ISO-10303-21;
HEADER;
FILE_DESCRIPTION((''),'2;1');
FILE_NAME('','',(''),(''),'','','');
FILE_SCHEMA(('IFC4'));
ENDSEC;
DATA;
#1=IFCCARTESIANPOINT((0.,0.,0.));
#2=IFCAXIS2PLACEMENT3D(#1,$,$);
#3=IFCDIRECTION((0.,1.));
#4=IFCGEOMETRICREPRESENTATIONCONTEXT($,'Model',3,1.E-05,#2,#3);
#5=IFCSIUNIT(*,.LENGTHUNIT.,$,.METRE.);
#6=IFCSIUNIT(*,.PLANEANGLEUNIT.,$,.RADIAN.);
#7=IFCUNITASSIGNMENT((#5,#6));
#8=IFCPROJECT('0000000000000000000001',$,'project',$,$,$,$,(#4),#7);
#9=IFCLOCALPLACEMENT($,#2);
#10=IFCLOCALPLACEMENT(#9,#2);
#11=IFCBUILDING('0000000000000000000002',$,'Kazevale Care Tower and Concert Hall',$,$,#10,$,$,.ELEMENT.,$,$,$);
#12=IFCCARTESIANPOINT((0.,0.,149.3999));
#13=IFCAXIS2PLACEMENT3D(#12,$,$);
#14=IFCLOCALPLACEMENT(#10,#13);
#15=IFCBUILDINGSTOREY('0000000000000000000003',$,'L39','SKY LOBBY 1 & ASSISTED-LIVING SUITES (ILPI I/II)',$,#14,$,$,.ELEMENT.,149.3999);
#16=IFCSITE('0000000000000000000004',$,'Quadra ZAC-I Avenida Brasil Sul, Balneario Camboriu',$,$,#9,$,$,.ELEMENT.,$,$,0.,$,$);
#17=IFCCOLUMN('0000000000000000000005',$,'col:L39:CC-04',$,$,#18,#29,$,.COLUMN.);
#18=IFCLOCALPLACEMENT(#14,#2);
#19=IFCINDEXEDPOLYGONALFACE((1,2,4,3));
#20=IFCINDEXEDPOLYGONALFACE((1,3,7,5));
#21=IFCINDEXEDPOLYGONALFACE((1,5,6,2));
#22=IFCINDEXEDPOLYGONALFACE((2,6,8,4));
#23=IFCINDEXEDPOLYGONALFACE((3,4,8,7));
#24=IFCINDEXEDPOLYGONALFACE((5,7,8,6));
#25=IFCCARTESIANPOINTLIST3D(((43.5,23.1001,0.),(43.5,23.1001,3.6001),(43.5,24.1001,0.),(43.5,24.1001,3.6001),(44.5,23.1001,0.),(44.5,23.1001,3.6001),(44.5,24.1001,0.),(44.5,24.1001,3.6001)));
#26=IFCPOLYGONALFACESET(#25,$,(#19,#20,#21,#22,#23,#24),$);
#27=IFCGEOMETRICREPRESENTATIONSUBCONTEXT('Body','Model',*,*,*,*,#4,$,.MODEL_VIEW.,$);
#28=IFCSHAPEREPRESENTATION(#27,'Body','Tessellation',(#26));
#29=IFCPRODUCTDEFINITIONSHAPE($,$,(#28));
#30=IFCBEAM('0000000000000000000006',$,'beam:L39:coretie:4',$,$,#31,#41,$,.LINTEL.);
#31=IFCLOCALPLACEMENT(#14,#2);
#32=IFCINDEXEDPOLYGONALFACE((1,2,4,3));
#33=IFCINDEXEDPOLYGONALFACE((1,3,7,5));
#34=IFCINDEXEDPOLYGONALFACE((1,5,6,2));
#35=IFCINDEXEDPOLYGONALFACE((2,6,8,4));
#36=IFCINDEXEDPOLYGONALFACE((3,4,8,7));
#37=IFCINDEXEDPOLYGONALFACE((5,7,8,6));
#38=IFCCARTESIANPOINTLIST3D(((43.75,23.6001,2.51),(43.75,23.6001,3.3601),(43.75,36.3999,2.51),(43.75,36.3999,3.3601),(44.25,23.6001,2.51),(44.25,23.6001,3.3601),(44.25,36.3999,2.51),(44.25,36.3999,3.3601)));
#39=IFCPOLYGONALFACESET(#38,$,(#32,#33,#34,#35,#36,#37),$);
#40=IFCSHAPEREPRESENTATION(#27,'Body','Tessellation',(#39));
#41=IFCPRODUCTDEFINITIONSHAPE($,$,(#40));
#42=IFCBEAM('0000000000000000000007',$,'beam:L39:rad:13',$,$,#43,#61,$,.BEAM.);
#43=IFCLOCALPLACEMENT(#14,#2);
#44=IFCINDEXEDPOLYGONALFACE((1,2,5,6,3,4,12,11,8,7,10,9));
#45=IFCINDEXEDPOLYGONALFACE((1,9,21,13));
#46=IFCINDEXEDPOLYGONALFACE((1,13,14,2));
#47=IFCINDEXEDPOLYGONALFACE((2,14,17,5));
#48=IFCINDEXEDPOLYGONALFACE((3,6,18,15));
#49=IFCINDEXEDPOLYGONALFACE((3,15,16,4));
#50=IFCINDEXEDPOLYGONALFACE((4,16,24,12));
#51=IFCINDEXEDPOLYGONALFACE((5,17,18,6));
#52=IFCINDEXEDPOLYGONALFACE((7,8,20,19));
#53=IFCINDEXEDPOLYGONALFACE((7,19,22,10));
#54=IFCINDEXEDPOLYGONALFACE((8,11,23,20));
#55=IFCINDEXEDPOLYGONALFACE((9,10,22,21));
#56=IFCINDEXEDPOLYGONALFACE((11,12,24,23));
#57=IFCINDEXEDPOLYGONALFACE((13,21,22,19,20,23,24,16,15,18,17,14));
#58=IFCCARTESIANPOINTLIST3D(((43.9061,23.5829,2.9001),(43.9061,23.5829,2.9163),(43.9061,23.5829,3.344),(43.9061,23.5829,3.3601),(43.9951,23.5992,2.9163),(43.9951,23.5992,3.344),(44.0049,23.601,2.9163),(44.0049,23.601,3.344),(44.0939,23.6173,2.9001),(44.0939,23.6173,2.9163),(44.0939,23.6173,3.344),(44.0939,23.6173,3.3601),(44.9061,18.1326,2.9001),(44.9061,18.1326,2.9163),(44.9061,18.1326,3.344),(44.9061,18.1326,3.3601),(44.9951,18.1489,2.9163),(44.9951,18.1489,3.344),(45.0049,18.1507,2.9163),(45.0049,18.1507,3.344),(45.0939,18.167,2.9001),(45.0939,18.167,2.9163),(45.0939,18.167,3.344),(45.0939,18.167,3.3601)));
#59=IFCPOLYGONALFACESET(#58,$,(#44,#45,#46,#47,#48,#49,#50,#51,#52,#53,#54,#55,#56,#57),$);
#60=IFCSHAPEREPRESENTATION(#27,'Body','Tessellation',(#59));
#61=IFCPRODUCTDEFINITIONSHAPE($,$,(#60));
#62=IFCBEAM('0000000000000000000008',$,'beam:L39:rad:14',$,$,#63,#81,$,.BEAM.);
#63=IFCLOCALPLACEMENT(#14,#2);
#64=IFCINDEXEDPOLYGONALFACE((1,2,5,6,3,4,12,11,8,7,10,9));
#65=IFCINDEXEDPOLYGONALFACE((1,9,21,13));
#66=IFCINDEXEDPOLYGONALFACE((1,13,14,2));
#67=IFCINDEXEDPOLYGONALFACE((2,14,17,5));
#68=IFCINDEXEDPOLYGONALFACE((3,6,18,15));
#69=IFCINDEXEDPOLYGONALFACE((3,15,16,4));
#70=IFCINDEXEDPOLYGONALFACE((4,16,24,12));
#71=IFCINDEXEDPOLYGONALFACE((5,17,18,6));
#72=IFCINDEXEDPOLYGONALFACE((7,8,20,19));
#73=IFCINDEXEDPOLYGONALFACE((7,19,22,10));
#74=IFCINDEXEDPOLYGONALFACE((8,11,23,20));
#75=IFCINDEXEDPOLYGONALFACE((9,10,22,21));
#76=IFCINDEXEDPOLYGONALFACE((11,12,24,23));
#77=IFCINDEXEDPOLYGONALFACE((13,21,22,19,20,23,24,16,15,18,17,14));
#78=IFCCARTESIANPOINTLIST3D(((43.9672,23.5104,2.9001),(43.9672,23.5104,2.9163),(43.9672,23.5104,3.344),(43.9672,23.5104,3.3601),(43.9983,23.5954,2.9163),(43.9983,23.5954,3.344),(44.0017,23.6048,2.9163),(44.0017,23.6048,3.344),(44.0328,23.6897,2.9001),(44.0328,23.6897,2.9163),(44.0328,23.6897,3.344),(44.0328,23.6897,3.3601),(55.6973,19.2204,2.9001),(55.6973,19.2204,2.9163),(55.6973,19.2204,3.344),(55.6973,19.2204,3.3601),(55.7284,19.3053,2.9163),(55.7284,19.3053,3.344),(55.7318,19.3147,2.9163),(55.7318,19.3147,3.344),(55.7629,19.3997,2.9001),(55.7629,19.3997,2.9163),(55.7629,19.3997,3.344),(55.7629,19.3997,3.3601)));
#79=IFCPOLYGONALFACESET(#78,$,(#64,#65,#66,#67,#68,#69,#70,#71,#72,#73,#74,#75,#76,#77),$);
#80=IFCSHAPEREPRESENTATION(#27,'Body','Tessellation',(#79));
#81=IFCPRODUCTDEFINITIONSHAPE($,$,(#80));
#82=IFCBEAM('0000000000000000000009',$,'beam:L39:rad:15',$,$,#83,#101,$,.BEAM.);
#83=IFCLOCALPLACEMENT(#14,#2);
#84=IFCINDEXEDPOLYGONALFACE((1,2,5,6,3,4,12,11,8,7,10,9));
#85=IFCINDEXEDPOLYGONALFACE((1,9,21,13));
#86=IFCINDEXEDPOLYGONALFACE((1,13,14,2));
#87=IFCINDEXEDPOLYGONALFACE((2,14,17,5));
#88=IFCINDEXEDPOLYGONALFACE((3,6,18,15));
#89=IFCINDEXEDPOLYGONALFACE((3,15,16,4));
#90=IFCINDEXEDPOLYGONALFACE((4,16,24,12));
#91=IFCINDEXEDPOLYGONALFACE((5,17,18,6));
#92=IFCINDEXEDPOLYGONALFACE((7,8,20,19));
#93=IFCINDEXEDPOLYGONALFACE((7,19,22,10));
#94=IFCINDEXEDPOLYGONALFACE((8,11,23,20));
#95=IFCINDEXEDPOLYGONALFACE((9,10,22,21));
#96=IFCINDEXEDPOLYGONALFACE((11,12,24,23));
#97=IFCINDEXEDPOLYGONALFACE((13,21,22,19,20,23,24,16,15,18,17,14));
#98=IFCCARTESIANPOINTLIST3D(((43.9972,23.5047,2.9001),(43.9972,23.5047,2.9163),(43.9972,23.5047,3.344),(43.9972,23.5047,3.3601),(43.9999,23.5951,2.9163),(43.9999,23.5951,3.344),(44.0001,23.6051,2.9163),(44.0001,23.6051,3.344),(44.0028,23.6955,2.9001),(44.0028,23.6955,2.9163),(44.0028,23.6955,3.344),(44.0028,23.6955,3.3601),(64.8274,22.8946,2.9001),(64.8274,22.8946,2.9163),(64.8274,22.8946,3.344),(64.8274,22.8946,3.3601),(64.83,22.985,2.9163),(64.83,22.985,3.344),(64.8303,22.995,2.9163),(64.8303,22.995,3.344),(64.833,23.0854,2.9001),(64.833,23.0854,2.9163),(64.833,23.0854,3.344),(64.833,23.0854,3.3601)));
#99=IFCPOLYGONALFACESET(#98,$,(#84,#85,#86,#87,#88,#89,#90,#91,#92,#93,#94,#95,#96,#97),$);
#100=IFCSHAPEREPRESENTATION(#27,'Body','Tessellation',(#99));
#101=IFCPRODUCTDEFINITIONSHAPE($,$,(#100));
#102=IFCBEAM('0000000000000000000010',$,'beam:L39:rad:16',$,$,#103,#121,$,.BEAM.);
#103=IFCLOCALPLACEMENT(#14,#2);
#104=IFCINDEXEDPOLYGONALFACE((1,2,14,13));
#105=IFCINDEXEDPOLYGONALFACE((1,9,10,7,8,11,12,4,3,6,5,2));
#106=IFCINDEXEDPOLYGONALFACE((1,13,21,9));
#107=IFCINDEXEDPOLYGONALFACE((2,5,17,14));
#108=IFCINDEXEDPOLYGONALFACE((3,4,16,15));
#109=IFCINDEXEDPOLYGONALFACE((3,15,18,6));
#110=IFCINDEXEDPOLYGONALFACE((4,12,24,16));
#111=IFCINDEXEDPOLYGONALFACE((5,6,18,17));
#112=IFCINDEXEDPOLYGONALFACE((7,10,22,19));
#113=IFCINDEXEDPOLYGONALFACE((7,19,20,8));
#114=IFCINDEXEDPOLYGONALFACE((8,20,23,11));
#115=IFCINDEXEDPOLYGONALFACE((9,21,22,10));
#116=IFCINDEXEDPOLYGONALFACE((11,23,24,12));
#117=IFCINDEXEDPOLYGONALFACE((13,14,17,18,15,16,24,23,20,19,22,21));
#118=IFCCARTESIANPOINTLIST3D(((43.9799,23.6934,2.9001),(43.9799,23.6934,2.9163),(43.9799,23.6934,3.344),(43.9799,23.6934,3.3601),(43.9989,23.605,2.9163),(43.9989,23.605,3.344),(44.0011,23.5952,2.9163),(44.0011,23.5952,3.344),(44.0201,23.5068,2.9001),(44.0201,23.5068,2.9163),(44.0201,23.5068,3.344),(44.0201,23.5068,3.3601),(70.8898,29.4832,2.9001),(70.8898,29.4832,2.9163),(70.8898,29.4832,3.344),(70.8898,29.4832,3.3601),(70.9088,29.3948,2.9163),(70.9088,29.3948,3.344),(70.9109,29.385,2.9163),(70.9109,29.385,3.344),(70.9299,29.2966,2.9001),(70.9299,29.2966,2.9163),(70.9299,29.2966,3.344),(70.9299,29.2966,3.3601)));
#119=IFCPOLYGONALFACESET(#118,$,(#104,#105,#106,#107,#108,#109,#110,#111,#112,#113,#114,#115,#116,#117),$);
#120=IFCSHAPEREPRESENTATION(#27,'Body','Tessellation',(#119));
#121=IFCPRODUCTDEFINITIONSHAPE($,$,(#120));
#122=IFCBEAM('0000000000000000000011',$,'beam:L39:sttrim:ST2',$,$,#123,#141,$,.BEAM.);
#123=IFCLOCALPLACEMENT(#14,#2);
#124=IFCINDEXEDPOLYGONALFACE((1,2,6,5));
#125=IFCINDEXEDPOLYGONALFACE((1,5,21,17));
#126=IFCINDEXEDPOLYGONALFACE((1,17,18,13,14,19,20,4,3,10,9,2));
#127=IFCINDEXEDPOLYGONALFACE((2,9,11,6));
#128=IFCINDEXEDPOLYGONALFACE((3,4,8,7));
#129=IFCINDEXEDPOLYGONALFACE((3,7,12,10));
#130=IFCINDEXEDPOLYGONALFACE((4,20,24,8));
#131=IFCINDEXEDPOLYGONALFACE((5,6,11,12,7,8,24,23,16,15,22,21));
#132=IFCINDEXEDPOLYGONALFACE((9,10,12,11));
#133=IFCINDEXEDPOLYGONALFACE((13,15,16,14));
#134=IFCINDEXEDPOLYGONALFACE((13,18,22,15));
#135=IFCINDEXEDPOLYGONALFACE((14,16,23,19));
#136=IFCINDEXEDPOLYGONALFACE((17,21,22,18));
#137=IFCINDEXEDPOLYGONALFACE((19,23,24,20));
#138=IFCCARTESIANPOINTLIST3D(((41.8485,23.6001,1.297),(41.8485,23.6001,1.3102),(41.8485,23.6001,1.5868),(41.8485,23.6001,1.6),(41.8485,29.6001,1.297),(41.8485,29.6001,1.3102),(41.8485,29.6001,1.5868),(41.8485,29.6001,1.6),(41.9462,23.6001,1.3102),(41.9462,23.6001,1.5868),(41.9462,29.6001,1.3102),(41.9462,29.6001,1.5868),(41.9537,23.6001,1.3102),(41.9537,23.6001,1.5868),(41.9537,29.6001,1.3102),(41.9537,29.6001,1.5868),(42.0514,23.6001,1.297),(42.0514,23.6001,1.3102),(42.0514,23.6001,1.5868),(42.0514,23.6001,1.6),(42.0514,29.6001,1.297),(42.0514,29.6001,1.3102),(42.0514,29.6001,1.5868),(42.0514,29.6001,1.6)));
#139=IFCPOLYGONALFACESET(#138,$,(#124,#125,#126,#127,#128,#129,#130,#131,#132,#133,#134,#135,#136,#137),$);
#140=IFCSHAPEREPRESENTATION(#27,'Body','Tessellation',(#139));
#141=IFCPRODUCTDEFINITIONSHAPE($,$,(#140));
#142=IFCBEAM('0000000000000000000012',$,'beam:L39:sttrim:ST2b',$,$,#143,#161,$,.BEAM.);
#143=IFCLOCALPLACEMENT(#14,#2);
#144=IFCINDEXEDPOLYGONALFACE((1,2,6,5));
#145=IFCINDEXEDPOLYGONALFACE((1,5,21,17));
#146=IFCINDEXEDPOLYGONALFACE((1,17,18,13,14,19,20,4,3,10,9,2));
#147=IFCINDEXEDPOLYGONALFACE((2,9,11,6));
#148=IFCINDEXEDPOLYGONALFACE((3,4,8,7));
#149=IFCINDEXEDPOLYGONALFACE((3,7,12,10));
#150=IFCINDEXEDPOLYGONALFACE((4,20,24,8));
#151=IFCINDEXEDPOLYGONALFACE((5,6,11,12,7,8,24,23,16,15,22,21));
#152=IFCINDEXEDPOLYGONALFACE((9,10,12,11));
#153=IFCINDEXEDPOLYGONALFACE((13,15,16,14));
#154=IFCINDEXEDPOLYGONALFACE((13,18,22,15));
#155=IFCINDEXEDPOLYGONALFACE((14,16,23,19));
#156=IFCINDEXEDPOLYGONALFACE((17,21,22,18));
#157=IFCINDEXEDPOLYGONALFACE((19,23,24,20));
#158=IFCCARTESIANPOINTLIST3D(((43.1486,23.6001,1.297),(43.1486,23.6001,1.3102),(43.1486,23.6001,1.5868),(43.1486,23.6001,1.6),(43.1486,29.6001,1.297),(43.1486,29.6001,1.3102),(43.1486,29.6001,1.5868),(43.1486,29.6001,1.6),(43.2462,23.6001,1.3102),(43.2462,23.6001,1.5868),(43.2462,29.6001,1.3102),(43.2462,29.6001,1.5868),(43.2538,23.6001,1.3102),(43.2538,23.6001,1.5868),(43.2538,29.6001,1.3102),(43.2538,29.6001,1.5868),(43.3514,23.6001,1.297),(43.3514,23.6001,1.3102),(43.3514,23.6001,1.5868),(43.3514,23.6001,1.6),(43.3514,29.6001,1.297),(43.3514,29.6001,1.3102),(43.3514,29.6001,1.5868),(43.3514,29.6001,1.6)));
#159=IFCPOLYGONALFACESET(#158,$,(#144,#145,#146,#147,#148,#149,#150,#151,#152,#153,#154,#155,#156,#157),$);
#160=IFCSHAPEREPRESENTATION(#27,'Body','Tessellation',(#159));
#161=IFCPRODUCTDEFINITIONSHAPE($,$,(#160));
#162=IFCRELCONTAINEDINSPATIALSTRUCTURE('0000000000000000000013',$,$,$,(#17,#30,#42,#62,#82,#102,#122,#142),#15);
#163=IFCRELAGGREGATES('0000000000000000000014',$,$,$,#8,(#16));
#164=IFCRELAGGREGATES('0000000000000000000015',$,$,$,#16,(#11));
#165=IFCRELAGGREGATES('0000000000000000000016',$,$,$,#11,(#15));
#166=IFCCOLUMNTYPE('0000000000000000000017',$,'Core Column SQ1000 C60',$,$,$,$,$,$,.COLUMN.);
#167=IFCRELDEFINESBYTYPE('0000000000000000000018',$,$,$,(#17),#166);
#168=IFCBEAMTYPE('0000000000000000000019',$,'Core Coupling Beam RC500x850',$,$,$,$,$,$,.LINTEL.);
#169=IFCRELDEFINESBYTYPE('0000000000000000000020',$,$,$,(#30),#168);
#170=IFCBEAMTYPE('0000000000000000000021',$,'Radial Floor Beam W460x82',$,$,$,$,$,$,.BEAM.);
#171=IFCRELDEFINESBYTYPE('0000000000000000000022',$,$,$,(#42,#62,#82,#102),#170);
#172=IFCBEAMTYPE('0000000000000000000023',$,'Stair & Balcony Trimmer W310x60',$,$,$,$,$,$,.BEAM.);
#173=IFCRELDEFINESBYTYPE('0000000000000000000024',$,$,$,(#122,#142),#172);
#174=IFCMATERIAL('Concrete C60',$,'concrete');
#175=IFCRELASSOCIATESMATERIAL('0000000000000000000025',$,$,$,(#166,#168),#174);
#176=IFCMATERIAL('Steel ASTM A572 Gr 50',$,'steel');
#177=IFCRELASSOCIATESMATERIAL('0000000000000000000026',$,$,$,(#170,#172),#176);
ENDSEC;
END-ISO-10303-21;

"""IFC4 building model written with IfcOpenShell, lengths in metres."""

from ifc_helpers import new_model, si_unit, direction, frame, origin, origin_2d, place, context, subcontext, project, spatial, rectangle, i_section, extrude, material, material_profile, profile_set, type_object, element, save


model = new_model("IFC4")

# Units and contexts
model_context = context("Model", 3, precision=1e-05, world=origin(), true_north=direction((0.0, 1.0)))
body_context = subcontext(model_context, "Body", "Model", "MODEL_VIEW")
ifc_project = project(units=[si_unit("LENGTHUNIT", "METRE"), si_unit("PLANEANGLEUNIT", "RADIAN")], contexts=[model_context])

# Site, building, storey
site_placement = place(None, origin())
site = spatial("IfcSite", under=ifc_project, at=site_placement, Name="Quadra ZAC-I Avenida Brasil Sul, Balneario Camboriu", CompositionType="ELEMENT", RefElevation=0.0)
building_placement = place(site_placement, origin())
building = spatial("IfcBuilding", under=site, at=building_placement, Name="Kazevale Care Tower and Concert Hall", CompositionType="ELEMENT")
storey_placement = place(building_placement, frame((0.0, 0.0, 149.3999)))
storey = spatial("IfcBuildingStorey", under=building, at=storey_placement, Name="L39", Description="SKY LOBBY 1 & ASSISTED-LIVING SUITES (ILPI I/II)", CompositionType="ELEMENT", Elevation=149.3999)

# Column
ifc_material_1 = material(Name="Concrete C60", Category="concrete")
ifc_material_profile_1 = material_profile(ifc_material_1, rectangle(XDim=1.0, YDim=1.0, at=origin_2d()), Name="RC-SQ1000")
ifc_profile_set_1 = profile_set([ifc_material_profile_1], Name="Concrete C60")
column_type = type_object("IfcColumnType", Name="Core Column SQ1000 C60", PredefinedType="COLUMN", material=ifc_profile_set_1)
column_placement = place(storey_placement, frame((44.0, 23.6001, 0.0), z_axis=(0.0, 0.0, 1.0), x_axis=(1.0, 0.0, 0.0)))
element("IfcColumn", 1, at=column_placement, inside=storey, type_object=column_type, Name="col:L39:CC-04", PredefinedType="COLUMN", context=body_context, shape_type="SweptSolid", body=[
    extrude(rectangle(XDim=1.0, YDim=1.0, at=origin_2d()), origin(), (0.0, 0.0, 1.0), 3.6001),
])

# Beams
ifc_material_profile_2 = material_profile(ifc_material_1, rectangle(XDim=0.5, YDim=0.8501, at=origin_2d()), Name="RC-B500x850")
ifc_profile_set_2 = profile_set([ifc_material_profile_2], Name="Concrete C60")
beam_type_1 = type_object("IfcBeamType", Name="Core Coupling Beam RC500x850", PredefinedType="LINTEL", material=ifc_profile_set_2)
beam_1_placement = place(storey_placement, frame((44.0, 23.6001, 2.9351), z_axis=(0.0, 1.0, 0.0), x_axis=(-1.0, 0.0, 0.0)))
element("IfcBeam", 2, at=beam_1_placement, inside=storey, type_object=beam_type_1, Name="beam:L39:coretie:4", PredefinedType="LINTEL", context=body_context, shape_type="SweptSolid", body=[
    extrude(rectangle(XDim=0.5, YDim=0.8501, at=origin_2d()), origin(), (0.0, 0.0, 1.0), 12.7998),
])
ifc_material_2 = material(Name="Steel ASTM A572 Gr 50", Category="steel")
ifc_material_profile_3 = material_profile(ifc_material_2, i_section(OverallWidth=0.1909, OverallDepth=0.46, WebThickness=0.01, FlangeThickness=0.0161, at=origin_2d()), Name="W460x82")
ifc_profile_set_3 = profile_set([ifc_material_profile_3], Name="Steel ASTM A572 Gr 50")
beam_type_2 = type_object("IfcBeamType", Name="Radial Floor Beam W460x82", PredefinedType="BEAM", material=ifc_profile_set_3)
beam_2_placement = place(storey_placement, frame((44.0, 23.6001, 3.1301), z_axis=(0.180467, -0.983581, 0.0), x_axis=(0.983581, 0.180467, 0.0)))
element("IfcBeam", 3, at=beam_2_placement, inside=storey, type_object=beam_type_2, Name="beam:L39:rad:13", PredefinedType="BEAM", context=body_context, shape_type="SweptSolid", body=[
    extrude(i_section(OverallWidth=0.1909, OverallDepth=0.46, WebThickness=0.01, FlangeThickness=0.0161, at=origin_2d()), origin(), (0.0, 0.0, 1.0), 5.5413),
])
beam_3_placement = place(storey_placement, frame((44.0, 23.6001, 3.1301), z_axis=(0.939159, -0.343481, 0.0), x_axis=(0.343481, 0.939159, 0.0)))
element("IfcBeam", 4, at=beam_3_placement, inside=storey, type_object=beam_type_2, Name="beam:L39:rad:14", PredefinedType="BEAM", context=body_context, shape_type="SweptSolid", body=[
    extrude(i_section(OverallWidth=0.1909, OverallDepth=0.46, WebThickness=0.01, FlangeThickness=0.0161, at=origin_2d()), origin(), (0.0, 0.0, 1.0), 12.49),
])
beam_4_placement = place(storey_placement, frame((44.0, 23.6001, 3.1301), z_axis=(0.999571, -0.029277, 0.0), x_axis=(0.029277, 0.999571, 0.0)))
element("IfcBeam", 5, at=beam_4_placement, inside=storey, type_object=beam_type_2, Name="beam:L39:rad:15", PredefinedType="BEAM", context=body_context, shape_type="SweptSolid", body=[
    extrude(i_section(OverallWidth=0.1909, OverallDepth=0.46, WebThickness=0.01, FlangeThickness=0.0161, at=origin_2d()), origin(), (0.0, 0.0, 1.0), 20.8391),
])
beam_5_placement = place(storey_placement, frame((44.0, 23.6001, 3.1301), z_axis=(0.977628, 0.210341, 0.0), x_axis=(-0.210341, 0.977628, 0.0)))
element("IfcBeam", 6, at=beam_5_placement, inside=storey, type_object=beam_type_2, Name="beam:L39:rad:16", PredefinedType="BEAM", context=body_context, shape_type="SweptSolid", body=[
    extrude(i_section(OverallWidth=0.1909, OverallDepth=0.46, WebThickness=0.01, FlangeThickness=0.0161, at=origin_2d()), origin(), (0.0, 0.0, 1.0), 27.5256),
])
ifc_material_profile_4 = material_profile(ifc_material_2, i_section(OverallWidth=0.2029, OverallDepth=0.303, WebThickness=0.0076, FlangeThickness=0.0132, at=origin_2d()), Name="W310x60")
ifc_profile_set_4 = profile_set([ifc_material_profile_4], Name="Steel ASTM A572 Gr 50")
beam_type_3 = type_object("IfcBeamType", Name="Stair & Balcony Trimmer W310x60", PredefinedType="BEAM", material=ifc_profile_set_4)
for number, where, z_axis, x_axis, name in (
    (7, (41.95, 23.6001, 1.4485), (0.0, 1.0, 0.0), (-1.0, 0.0, 0.0), "beam:L39:sttrim:ST2"),
    (8, (43.25, 23.6001, 1.4485), (0.0, 1.0, 0.0), (-1.0, 0.0, 0.0), "beam:L39:sttrim:ST2b"),
):
    element("IfcBeam", number, at=place(storey_placement, frame(where, z_axis=z_axis, x_axis=x_axis)), inside=storey, type_object=beam_type_3, Name=name, PredefinedType="BEAM", context=body_context, shape_type="SweptSolid", body=[
        extrude(i_section(OverallWidth=0.2029, OverallDepth=0.303, WebThickness=0.0076, FlangeThickness=0.0132, at=origin_2d()), origin(), (0.0, 0.0, 1.0), 6.0),
    ])

save(model, "model.ifc")
